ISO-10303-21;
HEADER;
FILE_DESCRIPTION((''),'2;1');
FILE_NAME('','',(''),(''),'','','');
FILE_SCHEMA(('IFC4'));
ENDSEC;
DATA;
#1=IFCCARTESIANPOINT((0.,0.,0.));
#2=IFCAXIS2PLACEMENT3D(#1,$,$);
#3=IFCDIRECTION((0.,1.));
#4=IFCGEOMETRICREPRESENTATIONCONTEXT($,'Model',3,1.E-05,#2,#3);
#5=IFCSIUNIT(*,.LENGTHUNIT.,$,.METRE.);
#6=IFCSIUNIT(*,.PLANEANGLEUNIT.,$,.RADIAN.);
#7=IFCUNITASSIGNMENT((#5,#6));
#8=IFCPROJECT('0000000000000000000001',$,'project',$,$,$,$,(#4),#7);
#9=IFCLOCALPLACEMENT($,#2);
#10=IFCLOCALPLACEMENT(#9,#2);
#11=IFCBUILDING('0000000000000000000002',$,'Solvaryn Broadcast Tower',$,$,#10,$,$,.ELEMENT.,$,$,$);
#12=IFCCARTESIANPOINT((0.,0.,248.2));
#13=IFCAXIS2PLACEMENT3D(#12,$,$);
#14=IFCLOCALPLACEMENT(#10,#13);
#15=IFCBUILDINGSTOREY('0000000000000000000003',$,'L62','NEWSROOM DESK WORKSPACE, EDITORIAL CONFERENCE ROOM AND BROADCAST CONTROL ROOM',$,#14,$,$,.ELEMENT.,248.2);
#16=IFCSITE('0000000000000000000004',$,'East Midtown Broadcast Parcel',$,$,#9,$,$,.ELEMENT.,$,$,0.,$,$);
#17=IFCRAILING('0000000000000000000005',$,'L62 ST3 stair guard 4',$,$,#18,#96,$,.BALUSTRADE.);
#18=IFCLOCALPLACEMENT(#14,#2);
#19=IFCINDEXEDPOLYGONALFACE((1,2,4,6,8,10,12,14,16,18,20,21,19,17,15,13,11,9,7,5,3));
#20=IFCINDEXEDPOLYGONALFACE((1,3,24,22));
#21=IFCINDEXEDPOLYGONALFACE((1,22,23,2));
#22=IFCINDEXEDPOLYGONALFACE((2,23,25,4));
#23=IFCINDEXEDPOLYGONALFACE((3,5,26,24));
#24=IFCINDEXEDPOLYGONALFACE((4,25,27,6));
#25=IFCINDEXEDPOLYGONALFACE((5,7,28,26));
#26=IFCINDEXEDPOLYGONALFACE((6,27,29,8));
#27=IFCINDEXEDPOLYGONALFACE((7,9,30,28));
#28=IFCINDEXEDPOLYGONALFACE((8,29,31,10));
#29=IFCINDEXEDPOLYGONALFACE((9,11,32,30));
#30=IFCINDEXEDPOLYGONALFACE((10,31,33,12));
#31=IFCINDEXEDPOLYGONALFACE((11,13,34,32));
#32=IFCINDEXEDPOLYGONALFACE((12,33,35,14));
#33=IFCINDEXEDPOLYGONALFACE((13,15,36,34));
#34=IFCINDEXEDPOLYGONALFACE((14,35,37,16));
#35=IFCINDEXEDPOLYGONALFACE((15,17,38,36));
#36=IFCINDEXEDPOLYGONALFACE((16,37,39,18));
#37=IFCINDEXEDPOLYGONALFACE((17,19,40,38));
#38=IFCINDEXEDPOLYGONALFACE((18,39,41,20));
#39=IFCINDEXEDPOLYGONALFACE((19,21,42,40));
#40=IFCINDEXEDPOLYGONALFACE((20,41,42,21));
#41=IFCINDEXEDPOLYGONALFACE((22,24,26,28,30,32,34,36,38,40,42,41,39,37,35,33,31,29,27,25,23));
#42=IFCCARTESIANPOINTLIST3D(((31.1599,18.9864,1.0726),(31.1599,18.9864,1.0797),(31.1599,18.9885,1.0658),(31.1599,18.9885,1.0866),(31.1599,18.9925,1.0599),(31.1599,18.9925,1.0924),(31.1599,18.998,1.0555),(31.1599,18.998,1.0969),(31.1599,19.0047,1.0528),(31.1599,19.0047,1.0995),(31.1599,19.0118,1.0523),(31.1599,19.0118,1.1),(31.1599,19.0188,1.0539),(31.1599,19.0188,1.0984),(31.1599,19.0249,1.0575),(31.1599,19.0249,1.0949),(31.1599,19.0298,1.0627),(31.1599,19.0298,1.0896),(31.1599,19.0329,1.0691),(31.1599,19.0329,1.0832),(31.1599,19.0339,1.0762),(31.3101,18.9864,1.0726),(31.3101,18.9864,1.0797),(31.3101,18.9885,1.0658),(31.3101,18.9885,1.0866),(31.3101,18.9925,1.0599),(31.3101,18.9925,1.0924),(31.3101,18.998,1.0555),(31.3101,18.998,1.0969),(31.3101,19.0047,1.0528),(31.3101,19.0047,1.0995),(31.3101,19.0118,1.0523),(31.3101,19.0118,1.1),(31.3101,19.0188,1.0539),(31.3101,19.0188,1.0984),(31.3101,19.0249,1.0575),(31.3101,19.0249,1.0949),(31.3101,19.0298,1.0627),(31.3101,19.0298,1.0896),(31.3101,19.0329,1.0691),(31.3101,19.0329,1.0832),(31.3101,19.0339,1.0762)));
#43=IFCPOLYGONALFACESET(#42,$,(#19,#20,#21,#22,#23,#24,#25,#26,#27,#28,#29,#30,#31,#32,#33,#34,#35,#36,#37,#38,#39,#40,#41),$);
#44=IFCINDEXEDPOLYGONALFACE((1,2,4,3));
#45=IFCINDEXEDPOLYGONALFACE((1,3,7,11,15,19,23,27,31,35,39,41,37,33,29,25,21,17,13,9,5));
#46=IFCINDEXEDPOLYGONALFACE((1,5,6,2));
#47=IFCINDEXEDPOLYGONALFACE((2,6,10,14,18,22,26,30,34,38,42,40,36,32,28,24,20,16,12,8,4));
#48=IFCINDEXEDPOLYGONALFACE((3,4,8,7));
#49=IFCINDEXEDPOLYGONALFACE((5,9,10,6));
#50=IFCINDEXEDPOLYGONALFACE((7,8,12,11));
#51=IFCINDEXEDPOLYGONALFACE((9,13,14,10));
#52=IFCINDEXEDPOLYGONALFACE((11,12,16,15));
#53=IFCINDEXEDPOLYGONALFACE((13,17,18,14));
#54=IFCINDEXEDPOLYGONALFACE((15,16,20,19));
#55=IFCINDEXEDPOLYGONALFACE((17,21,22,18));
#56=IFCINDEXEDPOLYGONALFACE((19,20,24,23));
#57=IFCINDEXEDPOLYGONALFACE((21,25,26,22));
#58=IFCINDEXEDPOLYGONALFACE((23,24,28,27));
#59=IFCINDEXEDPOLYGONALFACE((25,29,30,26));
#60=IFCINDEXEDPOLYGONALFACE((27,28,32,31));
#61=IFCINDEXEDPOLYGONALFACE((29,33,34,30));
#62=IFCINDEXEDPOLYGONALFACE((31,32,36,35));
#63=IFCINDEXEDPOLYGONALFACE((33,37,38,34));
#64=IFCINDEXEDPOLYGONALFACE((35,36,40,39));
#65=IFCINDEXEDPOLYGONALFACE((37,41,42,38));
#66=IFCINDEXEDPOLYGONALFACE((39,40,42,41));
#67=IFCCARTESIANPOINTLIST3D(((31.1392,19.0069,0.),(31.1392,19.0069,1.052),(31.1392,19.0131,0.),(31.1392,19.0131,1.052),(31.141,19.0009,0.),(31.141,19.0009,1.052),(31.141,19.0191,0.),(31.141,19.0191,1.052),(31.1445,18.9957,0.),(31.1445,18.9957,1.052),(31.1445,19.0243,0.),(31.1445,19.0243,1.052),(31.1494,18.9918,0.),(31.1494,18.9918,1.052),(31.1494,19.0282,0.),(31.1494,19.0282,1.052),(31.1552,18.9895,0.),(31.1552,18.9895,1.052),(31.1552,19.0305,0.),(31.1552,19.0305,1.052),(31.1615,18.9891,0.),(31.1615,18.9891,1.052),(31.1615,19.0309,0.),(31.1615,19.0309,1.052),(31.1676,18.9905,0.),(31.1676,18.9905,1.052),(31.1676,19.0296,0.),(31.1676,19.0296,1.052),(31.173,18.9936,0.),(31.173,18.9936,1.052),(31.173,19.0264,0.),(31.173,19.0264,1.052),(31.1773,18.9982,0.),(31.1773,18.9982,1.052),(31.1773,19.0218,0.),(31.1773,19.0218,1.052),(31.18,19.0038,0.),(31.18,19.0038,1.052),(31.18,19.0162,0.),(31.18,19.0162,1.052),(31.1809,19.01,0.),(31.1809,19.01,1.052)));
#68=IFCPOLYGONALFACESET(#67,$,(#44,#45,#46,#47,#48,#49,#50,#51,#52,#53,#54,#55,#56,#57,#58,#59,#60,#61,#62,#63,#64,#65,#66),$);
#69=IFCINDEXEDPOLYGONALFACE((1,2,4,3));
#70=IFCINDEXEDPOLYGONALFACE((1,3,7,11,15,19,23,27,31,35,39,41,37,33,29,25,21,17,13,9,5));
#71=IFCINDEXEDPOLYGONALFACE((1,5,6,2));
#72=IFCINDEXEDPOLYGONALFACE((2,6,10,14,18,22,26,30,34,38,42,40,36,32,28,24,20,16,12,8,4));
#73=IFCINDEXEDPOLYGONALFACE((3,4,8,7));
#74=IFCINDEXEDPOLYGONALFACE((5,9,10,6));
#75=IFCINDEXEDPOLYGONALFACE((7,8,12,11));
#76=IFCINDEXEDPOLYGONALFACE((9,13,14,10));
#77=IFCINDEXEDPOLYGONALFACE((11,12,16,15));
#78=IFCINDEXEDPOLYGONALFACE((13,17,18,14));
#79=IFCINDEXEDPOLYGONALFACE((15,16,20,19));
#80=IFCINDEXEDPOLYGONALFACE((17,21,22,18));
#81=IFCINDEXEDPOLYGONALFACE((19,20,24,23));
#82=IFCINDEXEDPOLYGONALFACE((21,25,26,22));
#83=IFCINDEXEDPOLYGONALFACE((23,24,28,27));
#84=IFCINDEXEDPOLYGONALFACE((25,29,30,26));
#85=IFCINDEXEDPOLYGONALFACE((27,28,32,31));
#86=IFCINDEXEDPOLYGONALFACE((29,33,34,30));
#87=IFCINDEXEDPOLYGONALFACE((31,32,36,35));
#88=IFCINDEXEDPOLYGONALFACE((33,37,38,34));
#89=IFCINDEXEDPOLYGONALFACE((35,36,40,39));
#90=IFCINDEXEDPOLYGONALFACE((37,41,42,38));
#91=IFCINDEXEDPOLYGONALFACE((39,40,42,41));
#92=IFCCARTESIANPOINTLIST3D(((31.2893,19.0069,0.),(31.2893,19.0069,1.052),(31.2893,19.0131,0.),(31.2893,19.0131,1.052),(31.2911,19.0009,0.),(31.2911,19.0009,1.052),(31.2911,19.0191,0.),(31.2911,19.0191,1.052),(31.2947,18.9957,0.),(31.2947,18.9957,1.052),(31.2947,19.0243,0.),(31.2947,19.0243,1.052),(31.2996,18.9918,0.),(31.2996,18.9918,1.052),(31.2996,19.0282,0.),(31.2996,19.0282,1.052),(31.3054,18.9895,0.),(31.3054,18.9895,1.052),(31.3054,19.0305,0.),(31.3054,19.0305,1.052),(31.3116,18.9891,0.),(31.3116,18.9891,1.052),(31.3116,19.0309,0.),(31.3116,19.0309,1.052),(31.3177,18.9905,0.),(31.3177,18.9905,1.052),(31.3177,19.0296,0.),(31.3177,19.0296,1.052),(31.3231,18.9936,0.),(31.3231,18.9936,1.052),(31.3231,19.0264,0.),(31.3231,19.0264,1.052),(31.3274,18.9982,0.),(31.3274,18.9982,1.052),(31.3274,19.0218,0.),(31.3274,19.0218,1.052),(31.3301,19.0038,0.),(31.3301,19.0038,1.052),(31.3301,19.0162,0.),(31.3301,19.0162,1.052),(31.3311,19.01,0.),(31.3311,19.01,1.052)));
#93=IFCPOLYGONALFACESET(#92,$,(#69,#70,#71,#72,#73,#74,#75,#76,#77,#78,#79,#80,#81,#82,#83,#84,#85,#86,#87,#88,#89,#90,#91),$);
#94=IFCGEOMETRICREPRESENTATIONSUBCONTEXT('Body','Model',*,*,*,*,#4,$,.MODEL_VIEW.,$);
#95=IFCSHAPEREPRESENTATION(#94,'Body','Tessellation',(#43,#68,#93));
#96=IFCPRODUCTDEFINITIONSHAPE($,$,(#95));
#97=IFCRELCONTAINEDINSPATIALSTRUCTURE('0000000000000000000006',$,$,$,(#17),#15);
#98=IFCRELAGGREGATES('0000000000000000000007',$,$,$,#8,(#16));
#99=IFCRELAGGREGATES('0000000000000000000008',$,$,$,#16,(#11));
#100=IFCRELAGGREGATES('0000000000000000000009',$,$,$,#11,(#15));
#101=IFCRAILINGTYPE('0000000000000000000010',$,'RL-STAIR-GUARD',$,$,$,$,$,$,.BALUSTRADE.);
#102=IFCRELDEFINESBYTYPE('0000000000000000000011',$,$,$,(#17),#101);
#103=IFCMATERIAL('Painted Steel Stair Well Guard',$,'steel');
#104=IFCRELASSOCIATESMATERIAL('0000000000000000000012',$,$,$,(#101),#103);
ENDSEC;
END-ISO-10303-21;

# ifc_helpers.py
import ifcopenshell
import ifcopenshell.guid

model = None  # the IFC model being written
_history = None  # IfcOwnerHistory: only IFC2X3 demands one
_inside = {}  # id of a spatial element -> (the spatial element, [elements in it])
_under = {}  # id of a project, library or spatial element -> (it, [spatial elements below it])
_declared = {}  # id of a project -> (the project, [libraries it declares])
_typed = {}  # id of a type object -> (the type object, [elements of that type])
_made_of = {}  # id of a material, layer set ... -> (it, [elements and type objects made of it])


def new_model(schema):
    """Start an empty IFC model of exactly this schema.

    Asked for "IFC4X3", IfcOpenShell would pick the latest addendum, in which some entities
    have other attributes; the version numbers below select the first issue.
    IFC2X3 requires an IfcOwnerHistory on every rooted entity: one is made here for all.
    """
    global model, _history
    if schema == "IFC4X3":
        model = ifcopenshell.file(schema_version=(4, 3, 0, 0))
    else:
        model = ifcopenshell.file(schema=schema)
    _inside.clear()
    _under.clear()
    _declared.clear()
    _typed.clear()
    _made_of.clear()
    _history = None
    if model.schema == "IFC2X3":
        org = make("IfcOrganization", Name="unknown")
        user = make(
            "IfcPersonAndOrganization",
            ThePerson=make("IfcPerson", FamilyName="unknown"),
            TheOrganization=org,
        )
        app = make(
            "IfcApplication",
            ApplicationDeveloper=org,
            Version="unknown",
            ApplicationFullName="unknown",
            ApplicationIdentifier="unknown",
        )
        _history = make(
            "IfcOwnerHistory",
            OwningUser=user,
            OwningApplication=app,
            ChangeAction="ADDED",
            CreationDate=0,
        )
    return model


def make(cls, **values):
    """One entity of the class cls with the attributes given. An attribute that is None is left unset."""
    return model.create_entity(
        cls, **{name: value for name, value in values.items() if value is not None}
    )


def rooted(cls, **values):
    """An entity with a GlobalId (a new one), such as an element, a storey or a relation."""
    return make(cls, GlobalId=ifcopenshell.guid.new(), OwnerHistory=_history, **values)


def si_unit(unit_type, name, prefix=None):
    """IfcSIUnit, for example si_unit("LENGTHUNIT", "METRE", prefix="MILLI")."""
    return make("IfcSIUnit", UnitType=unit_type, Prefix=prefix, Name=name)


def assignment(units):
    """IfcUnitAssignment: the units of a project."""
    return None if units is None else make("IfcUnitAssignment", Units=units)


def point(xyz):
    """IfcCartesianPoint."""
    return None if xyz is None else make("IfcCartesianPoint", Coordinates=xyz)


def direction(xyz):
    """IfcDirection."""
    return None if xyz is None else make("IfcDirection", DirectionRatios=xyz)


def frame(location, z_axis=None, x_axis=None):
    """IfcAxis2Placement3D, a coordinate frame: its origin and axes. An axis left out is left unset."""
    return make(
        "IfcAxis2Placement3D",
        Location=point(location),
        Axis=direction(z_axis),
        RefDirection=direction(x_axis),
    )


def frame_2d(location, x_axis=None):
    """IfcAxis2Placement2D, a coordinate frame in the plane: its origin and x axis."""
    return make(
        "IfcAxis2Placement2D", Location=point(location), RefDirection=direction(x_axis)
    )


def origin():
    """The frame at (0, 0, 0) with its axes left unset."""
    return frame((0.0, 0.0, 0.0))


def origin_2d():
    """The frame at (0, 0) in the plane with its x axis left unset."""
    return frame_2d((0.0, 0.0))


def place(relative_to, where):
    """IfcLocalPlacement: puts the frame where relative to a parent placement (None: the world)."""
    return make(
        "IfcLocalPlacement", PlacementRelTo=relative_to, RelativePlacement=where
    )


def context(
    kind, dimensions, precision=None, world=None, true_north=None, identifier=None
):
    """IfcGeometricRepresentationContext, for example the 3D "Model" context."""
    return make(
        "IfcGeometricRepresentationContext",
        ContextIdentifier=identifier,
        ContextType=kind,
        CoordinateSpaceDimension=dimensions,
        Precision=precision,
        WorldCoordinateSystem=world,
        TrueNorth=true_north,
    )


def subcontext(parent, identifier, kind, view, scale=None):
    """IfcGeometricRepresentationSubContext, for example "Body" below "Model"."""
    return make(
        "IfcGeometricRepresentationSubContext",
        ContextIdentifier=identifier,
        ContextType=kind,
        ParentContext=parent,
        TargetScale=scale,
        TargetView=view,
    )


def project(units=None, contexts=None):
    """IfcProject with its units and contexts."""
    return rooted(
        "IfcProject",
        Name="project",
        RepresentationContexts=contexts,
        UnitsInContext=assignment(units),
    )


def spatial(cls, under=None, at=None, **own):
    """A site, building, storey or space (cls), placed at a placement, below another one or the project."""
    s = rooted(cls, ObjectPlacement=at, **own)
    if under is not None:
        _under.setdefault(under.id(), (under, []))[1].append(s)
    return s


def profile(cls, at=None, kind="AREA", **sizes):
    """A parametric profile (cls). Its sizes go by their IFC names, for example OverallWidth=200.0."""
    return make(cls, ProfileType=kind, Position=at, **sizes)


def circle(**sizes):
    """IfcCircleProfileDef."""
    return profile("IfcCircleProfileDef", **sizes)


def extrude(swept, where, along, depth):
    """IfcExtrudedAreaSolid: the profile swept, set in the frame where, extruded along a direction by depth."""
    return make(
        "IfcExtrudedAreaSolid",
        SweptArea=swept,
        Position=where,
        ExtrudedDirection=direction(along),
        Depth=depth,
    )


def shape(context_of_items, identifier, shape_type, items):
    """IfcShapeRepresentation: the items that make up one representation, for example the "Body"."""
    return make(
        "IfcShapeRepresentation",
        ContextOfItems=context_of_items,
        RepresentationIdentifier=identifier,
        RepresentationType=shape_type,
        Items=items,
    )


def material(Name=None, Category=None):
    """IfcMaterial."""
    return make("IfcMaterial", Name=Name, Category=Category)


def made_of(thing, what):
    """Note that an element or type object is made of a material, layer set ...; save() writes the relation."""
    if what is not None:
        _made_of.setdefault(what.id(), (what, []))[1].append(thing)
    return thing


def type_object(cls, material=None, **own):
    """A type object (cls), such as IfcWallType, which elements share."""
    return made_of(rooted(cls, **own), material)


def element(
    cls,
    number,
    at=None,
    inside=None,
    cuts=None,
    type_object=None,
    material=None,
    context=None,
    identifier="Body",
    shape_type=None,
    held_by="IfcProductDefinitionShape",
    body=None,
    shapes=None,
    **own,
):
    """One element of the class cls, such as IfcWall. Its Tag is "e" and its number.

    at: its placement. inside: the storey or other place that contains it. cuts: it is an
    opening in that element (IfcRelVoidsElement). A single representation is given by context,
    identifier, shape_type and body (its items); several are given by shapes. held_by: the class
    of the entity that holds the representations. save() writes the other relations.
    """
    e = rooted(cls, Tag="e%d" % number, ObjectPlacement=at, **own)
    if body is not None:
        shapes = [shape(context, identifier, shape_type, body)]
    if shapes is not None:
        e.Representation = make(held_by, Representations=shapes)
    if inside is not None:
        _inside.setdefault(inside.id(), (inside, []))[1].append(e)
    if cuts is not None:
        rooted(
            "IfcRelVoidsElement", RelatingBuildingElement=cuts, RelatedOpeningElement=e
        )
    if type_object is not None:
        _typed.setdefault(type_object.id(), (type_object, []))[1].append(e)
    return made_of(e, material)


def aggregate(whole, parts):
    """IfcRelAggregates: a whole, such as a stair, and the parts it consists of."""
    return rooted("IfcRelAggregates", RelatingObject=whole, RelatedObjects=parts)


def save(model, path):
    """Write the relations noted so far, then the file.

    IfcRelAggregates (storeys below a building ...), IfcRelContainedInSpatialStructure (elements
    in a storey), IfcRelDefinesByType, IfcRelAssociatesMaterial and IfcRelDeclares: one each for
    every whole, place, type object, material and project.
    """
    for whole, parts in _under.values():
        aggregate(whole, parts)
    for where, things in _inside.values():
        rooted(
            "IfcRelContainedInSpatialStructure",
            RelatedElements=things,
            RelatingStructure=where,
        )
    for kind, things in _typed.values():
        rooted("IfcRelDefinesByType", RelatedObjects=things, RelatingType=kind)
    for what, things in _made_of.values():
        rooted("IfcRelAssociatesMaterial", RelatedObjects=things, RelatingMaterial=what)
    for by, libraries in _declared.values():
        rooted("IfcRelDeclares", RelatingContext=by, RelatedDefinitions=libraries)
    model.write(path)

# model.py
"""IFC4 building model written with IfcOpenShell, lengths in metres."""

from ifc_helpers import new_model, si_unit, direction, frame, origin, origin_2d, place, context, subcontext, project, spatial, circle, extrude, material, type_object, element, save


model = new_model("IFC4")

# Units and contexts
model_context = context("Model", 3, precision=1e-05, world=origin(), true_north=direction((0.0, 1.0)))
body_context = subcontext(model_context, "Body", "Model", "MODEL_VIEW")
ifc_project = project(units=[si_unit("LENGTHUNIT", "METRE"), si_unit("PLANEANGLEUNIT", "RADIAN")], contexts=[model_context])

# Site, building, storey
site_placement = place(None, origin())
site = spatial("IfcSite", under=ifc_project, at=site_placement, Name="East Midtown Broadcast Parcel", CompositionType="ELEMENT", RefElevation=0.0)
building_placement = place(site_placement, origin())
building = spatial("IfcBuilding", under=site, at=building_placement, Name="Solvaryn Broadcast Tower", CompositionType="ELEMENT")
storey_placement = place(building_placement, frame((0.0, 0.0, 248.2)))
storey = spatial("IfcBuildingStorey", under=building, at=storey_placement, Name="L62", Description="NEWSROOM DESK WORKSPACE, EDITORIAL CONFERENCE ROOM AND BROADCAST CONTROL ROOM", CompositionType="ELEMENT", Elevation=248.2)

# Railing
ifc_material_1 = material(Name="Painted Steel Stair Well Guard", Category="steel")
railing_type_1 = type_object("IfcRailingType", Name="RL-STAIR-GUARD", PredefinedType="BALUSTRADE", material=ifc_material_1)
railing_1_placement = place(storey_placement, frame((31.1599, 19.01, 0.0)))
element("IfcRailing", 1, at=railing_1_placement, inside=storey, type_object=railing_type_1, Name="L62 ST3 stair guard 4", PredefinedType="BALUSTRADE", context=body_context, shape_type="SweptSolid", body=[
    extrude(circle(Radius=0.0239, at=origin_2d()), frame((0.0, 0.0, 1.0762), z_axis=(1.0, 0.0, 0.0), x_axis=(0.0, 1.0, 0.0)), (0.0, 0.0, 1.0), 0.1501),
    extrude(circle(Radius=0.021, at=origin_2d()), origin(), (0.0, 0.0, 1.0), 1.052),
    extrude(circle(Radius=0.021, at=origin_2d()), frame((0.1501, 0.0, 0.0)), (0.0, 0.0, 1.0), 1.052),
])

save(model, "model.ifc")
